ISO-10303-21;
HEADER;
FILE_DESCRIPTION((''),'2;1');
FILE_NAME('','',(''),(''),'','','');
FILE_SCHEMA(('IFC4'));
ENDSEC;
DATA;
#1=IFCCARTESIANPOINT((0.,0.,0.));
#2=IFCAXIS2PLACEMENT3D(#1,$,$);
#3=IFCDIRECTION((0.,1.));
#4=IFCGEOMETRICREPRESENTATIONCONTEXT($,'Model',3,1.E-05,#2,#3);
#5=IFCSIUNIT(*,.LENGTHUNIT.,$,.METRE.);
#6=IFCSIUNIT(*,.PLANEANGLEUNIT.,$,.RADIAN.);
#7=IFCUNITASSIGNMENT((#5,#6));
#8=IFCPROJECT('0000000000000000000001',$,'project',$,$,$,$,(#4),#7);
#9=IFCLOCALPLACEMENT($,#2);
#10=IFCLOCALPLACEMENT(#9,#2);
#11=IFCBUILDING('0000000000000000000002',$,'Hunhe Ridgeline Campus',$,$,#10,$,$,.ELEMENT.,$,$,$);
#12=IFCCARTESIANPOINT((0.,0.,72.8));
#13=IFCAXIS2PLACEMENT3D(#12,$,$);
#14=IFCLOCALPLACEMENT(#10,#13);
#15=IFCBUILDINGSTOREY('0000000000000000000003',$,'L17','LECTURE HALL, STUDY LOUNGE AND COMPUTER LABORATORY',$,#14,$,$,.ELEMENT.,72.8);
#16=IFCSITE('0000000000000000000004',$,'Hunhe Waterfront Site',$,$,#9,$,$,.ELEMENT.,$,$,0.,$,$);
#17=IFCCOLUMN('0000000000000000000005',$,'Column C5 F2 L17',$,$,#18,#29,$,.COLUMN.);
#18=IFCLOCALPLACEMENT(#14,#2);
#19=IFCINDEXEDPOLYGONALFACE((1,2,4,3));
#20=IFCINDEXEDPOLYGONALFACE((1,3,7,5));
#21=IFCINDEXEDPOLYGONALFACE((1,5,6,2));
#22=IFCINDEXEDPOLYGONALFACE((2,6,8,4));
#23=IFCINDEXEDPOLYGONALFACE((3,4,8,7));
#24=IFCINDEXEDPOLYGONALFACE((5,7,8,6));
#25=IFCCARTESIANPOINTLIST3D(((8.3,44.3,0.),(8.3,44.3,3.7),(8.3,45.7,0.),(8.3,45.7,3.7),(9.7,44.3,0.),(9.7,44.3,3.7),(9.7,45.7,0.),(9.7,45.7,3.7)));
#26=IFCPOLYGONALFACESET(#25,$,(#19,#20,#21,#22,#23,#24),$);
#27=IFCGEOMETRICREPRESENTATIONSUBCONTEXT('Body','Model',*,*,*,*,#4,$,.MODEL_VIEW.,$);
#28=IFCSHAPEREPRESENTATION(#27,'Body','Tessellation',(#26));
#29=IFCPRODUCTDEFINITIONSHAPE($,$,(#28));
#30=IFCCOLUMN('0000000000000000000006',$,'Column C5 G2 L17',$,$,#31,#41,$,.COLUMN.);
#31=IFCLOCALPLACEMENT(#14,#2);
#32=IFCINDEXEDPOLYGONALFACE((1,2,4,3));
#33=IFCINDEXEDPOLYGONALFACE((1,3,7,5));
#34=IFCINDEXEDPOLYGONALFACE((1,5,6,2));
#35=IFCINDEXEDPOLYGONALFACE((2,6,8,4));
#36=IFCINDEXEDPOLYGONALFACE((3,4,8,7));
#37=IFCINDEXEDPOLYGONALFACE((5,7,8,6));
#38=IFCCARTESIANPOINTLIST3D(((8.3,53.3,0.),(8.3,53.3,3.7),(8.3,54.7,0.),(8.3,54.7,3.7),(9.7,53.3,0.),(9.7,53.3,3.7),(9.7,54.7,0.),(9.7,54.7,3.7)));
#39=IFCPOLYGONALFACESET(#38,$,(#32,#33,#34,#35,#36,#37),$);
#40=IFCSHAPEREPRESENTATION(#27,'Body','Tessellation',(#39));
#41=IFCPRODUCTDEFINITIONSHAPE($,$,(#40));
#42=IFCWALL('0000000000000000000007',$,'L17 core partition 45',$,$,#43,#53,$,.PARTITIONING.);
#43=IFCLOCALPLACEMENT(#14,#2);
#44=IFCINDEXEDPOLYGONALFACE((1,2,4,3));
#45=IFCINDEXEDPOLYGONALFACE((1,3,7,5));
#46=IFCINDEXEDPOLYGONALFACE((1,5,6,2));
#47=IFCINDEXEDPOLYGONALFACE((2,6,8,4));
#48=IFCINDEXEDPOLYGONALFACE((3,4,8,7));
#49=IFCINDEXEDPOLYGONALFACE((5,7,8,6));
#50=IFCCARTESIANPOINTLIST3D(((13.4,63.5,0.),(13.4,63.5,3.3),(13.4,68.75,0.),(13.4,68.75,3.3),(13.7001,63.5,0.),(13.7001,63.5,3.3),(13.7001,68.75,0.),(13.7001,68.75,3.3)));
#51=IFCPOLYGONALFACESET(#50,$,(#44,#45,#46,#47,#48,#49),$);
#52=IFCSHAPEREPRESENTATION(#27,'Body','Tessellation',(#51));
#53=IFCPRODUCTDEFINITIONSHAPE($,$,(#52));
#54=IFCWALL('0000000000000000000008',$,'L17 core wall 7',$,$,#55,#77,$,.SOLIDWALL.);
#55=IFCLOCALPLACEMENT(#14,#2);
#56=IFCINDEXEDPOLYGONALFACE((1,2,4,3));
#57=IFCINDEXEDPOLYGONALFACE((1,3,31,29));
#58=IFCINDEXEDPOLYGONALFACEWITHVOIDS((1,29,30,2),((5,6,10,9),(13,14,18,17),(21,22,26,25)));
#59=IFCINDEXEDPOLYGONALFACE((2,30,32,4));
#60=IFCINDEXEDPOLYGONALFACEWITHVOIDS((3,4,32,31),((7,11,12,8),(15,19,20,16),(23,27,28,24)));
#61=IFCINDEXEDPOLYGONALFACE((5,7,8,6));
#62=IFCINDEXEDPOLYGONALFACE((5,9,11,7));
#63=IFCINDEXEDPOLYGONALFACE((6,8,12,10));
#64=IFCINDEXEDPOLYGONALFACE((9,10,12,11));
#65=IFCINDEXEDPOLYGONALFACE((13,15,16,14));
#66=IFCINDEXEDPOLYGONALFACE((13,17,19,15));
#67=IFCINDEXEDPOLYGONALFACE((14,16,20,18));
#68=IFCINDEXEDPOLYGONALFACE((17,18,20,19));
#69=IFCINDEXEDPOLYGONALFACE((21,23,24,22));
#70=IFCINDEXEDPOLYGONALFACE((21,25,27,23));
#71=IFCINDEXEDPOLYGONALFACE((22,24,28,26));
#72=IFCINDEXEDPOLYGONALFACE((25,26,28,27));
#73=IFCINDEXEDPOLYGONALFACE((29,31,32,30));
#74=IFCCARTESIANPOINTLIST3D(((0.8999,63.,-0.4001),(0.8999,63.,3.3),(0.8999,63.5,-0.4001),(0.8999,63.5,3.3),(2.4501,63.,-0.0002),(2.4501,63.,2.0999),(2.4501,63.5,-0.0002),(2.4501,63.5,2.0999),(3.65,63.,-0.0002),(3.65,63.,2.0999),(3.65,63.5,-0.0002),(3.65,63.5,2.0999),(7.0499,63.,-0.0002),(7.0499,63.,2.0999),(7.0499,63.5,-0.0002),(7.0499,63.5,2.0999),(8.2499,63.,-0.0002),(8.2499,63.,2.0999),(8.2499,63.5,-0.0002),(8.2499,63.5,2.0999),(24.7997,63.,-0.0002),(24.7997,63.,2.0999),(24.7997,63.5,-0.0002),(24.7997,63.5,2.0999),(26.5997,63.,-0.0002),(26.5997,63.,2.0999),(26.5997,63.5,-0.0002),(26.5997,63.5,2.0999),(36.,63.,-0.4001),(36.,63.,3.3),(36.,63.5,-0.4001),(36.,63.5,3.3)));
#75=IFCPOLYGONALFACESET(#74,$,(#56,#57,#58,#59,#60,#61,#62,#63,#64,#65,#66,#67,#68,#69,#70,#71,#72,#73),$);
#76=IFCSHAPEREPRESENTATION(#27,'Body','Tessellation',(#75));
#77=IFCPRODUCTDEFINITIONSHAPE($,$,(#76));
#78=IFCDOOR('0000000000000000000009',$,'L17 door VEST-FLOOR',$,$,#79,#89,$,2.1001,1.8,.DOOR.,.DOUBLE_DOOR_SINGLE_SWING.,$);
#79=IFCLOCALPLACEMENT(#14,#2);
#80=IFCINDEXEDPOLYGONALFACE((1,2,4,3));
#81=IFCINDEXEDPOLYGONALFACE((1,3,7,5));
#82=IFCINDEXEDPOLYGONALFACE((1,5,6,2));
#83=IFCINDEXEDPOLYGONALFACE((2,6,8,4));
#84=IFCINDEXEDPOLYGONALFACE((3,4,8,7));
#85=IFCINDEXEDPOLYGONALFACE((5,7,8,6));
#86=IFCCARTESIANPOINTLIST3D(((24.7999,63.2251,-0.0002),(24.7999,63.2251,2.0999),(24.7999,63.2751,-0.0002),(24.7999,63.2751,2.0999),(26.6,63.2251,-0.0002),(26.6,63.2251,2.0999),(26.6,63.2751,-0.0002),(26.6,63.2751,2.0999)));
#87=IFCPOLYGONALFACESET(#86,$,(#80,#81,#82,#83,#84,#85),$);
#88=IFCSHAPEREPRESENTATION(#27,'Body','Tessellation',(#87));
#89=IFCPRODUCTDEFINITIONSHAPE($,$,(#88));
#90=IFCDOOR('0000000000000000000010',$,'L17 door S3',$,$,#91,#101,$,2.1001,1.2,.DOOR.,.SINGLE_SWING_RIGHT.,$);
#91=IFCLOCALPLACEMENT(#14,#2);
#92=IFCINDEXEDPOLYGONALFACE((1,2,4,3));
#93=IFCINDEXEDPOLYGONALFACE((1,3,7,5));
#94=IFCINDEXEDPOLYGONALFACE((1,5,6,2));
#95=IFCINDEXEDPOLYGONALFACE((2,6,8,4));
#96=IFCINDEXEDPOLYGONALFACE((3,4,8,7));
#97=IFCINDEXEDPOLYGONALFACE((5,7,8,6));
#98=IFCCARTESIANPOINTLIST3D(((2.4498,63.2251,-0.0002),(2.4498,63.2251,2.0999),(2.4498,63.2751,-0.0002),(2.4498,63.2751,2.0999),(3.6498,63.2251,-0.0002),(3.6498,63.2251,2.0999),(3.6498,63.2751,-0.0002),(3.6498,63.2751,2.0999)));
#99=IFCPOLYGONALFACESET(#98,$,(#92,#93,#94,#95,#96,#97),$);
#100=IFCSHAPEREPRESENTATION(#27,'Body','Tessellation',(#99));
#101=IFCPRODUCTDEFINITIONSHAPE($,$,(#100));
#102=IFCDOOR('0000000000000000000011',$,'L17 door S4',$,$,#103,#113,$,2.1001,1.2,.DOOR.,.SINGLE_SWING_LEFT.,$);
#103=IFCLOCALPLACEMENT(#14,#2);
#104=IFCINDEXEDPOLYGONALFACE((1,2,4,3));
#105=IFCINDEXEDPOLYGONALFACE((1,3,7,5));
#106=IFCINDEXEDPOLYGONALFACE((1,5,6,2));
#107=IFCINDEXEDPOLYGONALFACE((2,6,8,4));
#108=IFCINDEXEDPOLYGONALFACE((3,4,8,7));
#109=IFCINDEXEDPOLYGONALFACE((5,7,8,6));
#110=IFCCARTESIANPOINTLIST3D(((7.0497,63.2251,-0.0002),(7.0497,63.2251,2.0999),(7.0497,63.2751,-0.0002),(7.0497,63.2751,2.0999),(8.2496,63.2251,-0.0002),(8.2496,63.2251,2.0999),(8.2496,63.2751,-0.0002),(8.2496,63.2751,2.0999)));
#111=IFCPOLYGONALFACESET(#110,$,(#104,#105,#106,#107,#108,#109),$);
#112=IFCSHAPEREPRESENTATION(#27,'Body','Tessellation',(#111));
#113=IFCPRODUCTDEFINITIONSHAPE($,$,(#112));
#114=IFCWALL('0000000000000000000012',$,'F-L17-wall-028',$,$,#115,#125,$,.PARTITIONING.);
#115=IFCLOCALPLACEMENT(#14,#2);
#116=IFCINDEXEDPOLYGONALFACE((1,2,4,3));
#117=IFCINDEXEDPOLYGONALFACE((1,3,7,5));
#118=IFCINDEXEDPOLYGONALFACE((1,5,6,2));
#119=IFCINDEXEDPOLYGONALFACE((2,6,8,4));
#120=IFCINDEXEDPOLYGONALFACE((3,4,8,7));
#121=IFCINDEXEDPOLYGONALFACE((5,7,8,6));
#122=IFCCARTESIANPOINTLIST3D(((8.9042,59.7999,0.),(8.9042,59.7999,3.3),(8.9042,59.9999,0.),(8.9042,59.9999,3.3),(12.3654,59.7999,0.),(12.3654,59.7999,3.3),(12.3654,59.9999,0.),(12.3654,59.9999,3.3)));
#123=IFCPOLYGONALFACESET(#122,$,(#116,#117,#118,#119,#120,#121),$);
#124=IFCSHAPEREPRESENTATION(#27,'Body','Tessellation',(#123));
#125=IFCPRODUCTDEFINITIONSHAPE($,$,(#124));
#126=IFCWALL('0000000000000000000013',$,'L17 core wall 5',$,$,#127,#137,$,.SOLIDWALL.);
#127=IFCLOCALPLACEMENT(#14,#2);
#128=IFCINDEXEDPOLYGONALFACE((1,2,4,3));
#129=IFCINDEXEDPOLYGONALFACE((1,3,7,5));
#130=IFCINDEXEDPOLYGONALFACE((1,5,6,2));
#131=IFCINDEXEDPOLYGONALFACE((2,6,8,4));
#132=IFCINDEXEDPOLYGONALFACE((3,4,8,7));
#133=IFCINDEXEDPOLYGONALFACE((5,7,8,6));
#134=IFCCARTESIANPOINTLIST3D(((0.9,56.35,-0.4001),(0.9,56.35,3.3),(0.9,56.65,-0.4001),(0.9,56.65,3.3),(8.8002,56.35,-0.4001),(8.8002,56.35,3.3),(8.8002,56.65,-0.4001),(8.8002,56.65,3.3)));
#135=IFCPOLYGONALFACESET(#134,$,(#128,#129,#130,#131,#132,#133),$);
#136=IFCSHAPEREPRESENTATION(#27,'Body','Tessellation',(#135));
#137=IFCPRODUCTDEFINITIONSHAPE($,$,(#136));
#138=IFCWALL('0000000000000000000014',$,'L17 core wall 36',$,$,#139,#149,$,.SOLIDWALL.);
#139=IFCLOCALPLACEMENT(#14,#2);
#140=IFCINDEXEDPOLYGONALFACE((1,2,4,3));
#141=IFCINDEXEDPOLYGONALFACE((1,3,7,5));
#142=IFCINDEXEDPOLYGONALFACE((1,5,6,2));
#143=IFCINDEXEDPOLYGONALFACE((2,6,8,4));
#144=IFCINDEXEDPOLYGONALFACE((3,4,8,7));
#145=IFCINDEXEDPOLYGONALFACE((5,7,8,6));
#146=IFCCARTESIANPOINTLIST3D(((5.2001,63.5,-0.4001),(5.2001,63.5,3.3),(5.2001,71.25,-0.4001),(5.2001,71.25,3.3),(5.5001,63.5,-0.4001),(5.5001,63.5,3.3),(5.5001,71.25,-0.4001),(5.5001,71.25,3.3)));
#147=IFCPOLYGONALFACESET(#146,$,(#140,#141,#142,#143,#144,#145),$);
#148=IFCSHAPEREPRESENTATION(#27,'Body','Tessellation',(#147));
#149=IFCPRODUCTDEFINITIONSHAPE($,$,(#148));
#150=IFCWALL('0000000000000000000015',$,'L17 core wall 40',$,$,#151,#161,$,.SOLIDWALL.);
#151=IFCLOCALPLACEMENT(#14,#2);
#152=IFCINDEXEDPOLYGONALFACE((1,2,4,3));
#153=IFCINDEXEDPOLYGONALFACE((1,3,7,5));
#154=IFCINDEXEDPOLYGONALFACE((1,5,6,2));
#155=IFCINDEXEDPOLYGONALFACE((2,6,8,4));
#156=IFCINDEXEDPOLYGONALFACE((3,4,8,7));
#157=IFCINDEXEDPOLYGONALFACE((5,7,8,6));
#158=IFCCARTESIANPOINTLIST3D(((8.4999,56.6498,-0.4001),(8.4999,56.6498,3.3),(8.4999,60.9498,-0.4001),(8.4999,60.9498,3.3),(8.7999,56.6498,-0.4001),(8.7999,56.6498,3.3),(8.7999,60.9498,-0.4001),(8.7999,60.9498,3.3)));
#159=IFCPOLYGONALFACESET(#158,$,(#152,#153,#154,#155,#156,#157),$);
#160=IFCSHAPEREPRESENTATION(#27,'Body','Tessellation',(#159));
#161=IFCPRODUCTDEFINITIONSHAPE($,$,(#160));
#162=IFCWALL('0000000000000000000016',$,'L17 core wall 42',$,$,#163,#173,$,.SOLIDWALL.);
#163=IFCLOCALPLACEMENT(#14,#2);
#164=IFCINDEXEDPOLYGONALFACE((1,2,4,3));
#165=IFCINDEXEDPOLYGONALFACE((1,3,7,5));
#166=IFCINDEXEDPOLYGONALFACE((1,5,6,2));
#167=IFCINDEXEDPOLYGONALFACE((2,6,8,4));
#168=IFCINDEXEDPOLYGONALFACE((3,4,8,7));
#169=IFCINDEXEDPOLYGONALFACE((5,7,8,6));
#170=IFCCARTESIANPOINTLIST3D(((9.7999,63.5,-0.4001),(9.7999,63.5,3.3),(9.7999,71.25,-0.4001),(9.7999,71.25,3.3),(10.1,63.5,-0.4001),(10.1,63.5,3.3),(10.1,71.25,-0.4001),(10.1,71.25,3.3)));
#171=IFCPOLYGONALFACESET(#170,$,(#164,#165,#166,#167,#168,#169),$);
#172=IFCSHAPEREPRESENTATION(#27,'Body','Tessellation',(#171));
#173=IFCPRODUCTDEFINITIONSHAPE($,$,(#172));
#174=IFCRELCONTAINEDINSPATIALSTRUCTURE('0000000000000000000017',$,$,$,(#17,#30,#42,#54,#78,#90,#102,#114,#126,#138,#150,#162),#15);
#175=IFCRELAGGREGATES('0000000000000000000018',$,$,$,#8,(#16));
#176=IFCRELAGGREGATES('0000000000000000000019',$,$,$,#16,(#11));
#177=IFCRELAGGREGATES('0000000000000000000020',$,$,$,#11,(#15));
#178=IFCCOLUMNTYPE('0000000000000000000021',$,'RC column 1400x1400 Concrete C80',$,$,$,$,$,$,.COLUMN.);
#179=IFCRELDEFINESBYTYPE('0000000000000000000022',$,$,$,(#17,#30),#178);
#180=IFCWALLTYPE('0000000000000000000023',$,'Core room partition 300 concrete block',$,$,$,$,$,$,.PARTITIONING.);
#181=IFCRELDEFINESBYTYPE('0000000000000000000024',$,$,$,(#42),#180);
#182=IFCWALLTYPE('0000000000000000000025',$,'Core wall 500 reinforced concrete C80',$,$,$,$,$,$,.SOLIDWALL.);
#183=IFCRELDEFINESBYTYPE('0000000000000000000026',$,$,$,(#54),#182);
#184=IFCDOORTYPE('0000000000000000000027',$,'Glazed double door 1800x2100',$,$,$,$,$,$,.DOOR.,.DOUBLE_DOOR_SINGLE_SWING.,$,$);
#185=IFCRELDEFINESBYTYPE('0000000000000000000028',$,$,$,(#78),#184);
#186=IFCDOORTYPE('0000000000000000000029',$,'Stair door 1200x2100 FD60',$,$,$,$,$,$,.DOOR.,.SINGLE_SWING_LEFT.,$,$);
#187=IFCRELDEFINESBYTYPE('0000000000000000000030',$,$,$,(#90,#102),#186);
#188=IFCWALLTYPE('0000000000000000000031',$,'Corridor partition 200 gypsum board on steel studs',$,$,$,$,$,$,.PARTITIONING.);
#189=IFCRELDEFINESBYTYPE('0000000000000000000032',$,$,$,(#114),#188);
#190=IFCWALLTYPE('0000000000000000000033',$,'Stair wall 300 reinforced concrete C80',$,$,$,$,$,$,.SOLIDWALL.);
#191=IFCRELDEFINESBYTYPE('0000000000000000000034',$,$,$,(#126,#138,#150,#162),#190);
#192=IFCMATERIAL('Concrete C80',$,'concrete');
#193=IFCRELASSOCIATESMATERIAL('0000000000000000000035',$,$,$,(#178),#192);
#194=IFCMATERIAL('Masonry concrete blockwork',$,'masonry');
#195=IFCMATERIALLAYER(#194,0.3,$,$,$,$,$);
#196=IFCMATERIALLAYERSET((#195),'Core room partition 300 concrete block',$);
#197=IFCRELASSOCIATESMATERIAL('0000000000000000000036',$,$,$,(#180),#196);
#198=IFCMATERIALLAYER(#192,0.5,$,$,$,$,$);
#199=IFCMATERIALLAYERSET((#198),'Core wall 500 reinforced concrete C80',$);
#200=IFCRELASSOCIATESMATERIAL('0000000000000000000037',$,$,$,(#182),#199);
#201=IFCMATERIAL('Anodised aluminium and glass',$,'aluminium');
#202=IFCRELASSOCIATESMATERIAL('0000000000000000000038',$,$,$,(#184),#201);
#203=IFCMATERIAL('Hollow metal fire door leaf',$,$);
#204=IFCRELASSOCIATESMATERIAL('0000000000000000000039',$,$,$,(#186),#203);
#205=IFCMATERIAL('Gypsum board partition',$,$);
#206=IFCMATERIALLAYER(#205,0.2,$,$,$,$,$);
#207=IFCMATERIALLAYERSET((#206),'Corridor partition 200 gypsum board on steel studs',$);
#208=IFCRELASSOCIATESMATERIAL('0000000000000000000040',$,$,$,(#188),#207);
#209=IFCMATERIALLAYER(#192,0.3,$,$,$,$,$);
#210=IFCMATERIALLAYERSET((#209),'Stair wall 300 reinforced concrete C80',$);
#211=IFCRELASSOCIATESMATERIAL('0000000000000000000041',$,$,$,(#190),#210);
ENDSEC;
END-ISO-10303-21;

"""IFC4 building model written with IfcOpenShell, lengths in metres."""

from ifc_helpers import new_model, si_unit, direction, frame, frame_2d, origin, origin_2d, place, context, subcontext, project, spatial, rectangle, extrude, material, layer, layer_set, material_profile, profile_set, type_object, element, fill, save


model = new_model("IFC4")

# Units and contexts
model_context = context("Model", 3, precision=1e-05, world=origin(), true_north=direction((0.0, 1.0)))
body_context = subcontext(model_context, "Body", "Model", "MODEL_VIEW")
ifc_project = project(units=[si_unit("LENGTHUNIT", "METRE"), si_unit("PLANEANGLEUNIT", "RADIAN")], contexts=[model_context])

# Site, building, storey
site_placement = place(None, origin())
site = spatial("IfcSite", under=ifc_project, at=site_placement, Name="Hunhe Waterfront Site", CompositionType="ELEMENT", RefElevation=0.0)
building_placement = place(site_placement, origin())
building = spatial("IfcBuilding", under=site, at=building_placement, Name="Hunhe Ridgeline Campus", CompositionType="ELEMENT")
storey_placement = place(building_placement, frame((0.0, 0.0, 72.8)))
storey = spatial("IfcBuildingStorey", under=building, at=storey_placement, Name="L17", Description="LECTURE HALL, STUDY LOUNGE AND COMPUTER LABORATORY", CompositionType="ELEMENT", Elevation=72.8)

# Columns
ifc_material_1 = material(Name="Concrete C80", Category="concrete")
ifc_material_profile = material_profile(ifc_material_1, rectangle(XDim=1.3999, YDim=1.3999, at=origin_2d()))
ifc_profile_set = profile_set([ifc_material_profile], Name="Concrete C80")
column_type = type_object("IfcColumnType", Name="RC column 1400x1400 Concrete C80", PredefinedType="COLUMN", material=ifc_profile_set)
for number, where, z_axis, x_axis, name in (
    (1, (9.0, 45.0, 0.0), (0.0, 0.0, 1.0), (1.0, 0.0, 0.0), "Column C5 F2 L17"),
    (2, (9.0, 54.0, 0.0), (0.0, 0.0, 1.0), (1.0, 0.0, 0.0), "Column C5 G2 L17"),
):
    element("IfcColumn", number, at=place(storey_placement, frame(where, z_axis=z_axis, x_axis=x_axis)), inside=storey, type_object=column_type, Name=name, PredefinedType="COLUMN", context=body_context, shape_type="SweptSolid", body=[
        extrude(rectangle(XDim=1.3999, YDim=1.3999, at=origin_2d()), origin(), (0.0, 0.0, 1.0), 3.7),
    ])

# Wall
ifc_material_2 = material(Name="Masonry concrete blockwork", Category="masonry")
ifc_layer_1 = layer(ifc_material_2, 0.3)
ifc_layer_set_1 = layer_set([ifc_layer_1], Name="Core room partition 300 concrete block")
wall_type_1 = type_object("IfcWallType", Name="Core room partition 300 concrete block", PredefinedType="PARTITIONING", material=ifc_layer_set_1)
wall_1_placement = place(storey_placement, frame((13.55, 63.5, 0.0), z_axis=(0.0, 0.0, 1.0), x_axis=(0.0, 1.0, 0.0)))
element("IfcWall", 3, at=wall_1_placement, inside=storey, type_object=wall_type_1, Name="L17 core partition 45", PredefinedType="PARTITIONING", context=body_context, shape_type="SweptSolid", body=[
    extrude(rectangle(XDim=5.25, YDim=0.3, at=frame_2d((2.625, 0.0))), origin(), (0.0, 0.0, 1.0), 3.3),
])

# Wall, openings, doors
ifc_layer_2 = layer(ifc_material_1, 0.5)
ifc_layer_set_2 = layer_set([ifc_layer_2], Name="Core wall 500 reinforced concrete C80")
wall_type_2 = type_object("IfcWallType", Name="Core wall 500 reinforced concrete C80", PredefinedType="SOLIDWALL", material=ifc_layer_set_2)
wall_2_placement = place(storey_placement, frame((0.8999, 63.25, -0.4001), z_axis=(0.0, 0.0, 1.0), x_axis=(1.0, 0.0, 0.0)))
wall_2 = element("IfcWall", 4, at=wall_2_placement, inside=storey, type_object=wall_type_2, Name="L17 core wall 7", PredefinedType="SOLIDWALL", context=body_context, shape_type="SweptSolid", body=[
    extrude(rectangle(XDim=35.1001, YDim=0.5, at=frame_2d((17.55, 0.0))), origin(), (0.0, 0.0, 1.0), 3.7002),
])
opening_1_placement = place(wall_2_placement, frame((23.8999, 0.0, 0.3999)))
opening_1 = element("IfcOpeningElement", 5, at=opening_1_placement, cuts=wall_2, PredefinedType="OPENING", context=body_context, shape_type="SweptSolid", body=[
    extrude(rectangle(XDim=1.8, YDim=2.1001, at=frame_2d((0.8999, 1.05))), frame((0.0, 0.25, 0.0), z_axis=(0.0, -1.0, 0.0), x_axis=(1.0, 0.0, 0.0)), (0.0, 0.0, 1.0), 0.5),
])
opening_2_placement = place(wall_2_placement, frame((1.55, 0.0, 0.3999)))
opening_2 = element("IfcOpeningElement", 6, at=opening_2_placement, cuts=wall_2, PredefinedType="OPENING", context=body_context, shape_type="SweptSolid", body=[
    extrude(rectangle(XDim=1.2, YDim=2.1001, at=frame_2d((0.6001, 1.05))), frame((0.0, 0.25, 0.0), z_axis=(0.0, -1.0, 0.0), x_axis=(1.0, 0.0, 0.0)), (0.0, 0.0, 1.0), 0.5),
])
opening_3_placement = place(wall_2_placement, frame((6.1499, 0.0, 0.3999)))
opening_3 = element("IfcOpeningElement", 7, at=opening_3_placement, cuts=wall_2, PredefinedType="OPENING", context=body_context, shape_type="SweptSolid", body=[
    extrude(rectangle(XDim=1.2, YDim=2.1001, at=frame_2d((0.6001, 1.05))), frame((0.0, 0.25, 0.0), z_axis=(0.0, -1.0, 0.0), x_axis=(1.0, 0.0, 0.0)), (0.0, 0.0, 1.0), 0.5),
])
ifc_material_3 = material(Name="Anodised aluminium and glass", Category="aluminium")
door_type_1 = type_object("IfcDoorType", Name="Glazed double door 1800x2100", OperationType="DOUBLE_DOOR_SINGLE_SWING", PredefinedType="DOOR", material=ifc_material_3)
door_1_placement = place(opening_1_placement, frame((1.8, 0.0, 0.0), z_axis=(0.0, 0.0, 1.0), x_axis=(-1.0, 0.0, 0.0)))
door_1 = element("IfcDoor", 8, at=door_1_placement, inside=storey, type_object=door_type_1, Name="L17 door VEST-FLOOR", OperationType="DOUBLE_DOOR_SINGLE_SWING", OverallHeight=2.1001, OverallWidth=1.8, PredefinedType="DOOR", context=body_context, shape_type="SweptSolid", body=[
    extrude(rectangle(XDim=1.8, YDim=2.1001, at=frame_2d((0.8999, 1.05))), frame((0.0, 0.0249, 0.0), z_axis=(0.0, -1.0, 0.0), x_axis=(1.0, 0.0, 0.0)), (0.0, 0.0, 1.0), 0.05),
])
fill(opening_1, door_1)
ifc_material_4 = material(Name="Hollow metal fire door leaf")
door_type_2 = type_object("IfcDoorType", Name="Stair door 1200x2100 FD60", OperationType="SINGLE_SWING_LEFT", PredefinedType="DOOR", material=ifc_material_4)
door_2_placement = place(opening_2_placement, frame((1.2, 0.0, 0.0), z_axis=(0.0, 0.0, 1.0), x_axis=(-1.0, 0.0, 0.0)))
door_2 = element("IfcDoor", 9, at=door_2_placement, inside=storey, type_object=door_type_2, Name="L17 door S3", OperationType="SINGLE_SWING_RIGHT", OverallHeight=2.1001, OverallWidth=1.2, PredefinedType="DOOR", context=body_context, shape_type="SweptSolid", body=[
    extrude(rectangle(XDim=1.2, YDim=2.1001, at=frame_2d((0.6001, 1.05))), frame((0.0, 0.0249, 0.0), z_axis=(0.0, -1.0, 0.0), x_axis=(1.0, 0.0, 0.0)), (0.0, 0.0, 1.0), 0.05),
])
fill(opening_2, door_2)
door_3_placement = place(opening_3_placement, frame((1.2, 0.0, 0.0), z_axis=(0.0, 0.0, 1.0), x_axis=(-1.0, 0.0, 0.0)))
door_3 = element("IfcDoor", 10, at=door_3_placement, inside=storey, type_object=door_type_2, Name="L17 door S4", OperationType="SINGLE_SWING_LEFT", OverallHeight=2.1001, OverallWidth=1.2, PredefinedType="DOOR", context=body_context, shape_type="SweptSolid", body=[
    extrude(rectangle(XDim=1.2, YDim=2.1001, at=frame_2d((0.6001, 1.05))), frame((0.0, 0.0249, 0.0), z_axis=(0.0, -1.0, 0.0), x_axis=(1.0, 0.0, 0.0)), (0.0, 0.0, 1.0), 0.05),
])
fill(opening_3, door_3)

# Wall
ifc_material_5 = material(Name="Gypsum board partition")
ifc_layer_3 = layer(ifc_material_5, 0.2)
ifc_layer_set_3 = layer_set([ifc_layer_3], Name="Corridor partition 200 gypsum board on steel studs")
wall_type_3 = type_object("IfcWallType", Name="Corridor partition 200 gypsum board on steel studs", PredefinedType="PARTITIONING", material=ifc_layer_set_3)
wall_3_placement = place(storey_placement, frame((12.3652, 59.8999, 0.0), z_axis=(0.0, 0.0, 1.0), x_axis=(-1.0, 0.0, 0.0)))
element("IfcWall", 11, at=wall_3_placement, inside=storey, type_object=wall_type_3, Name="F-L17-wall-028", PredefinedType="PARTITIONING", context=body_context, shape_type="SweptSolid", body=[
    extrude(rectangle(XDim=3.4612, YDim=0.2, at=frame_2d((1.7305, 0.0))), origin(), (0.0, 0.0, 1.0), 3.3),
])

# Wall
ifc_layer_4 = layer(ifc_material_1, 0.3)
ifc_layer_set_4 = layer_set([ifc_layer_4], Name="Stair wall 300 reinforced concrete C80")
wall_type_4 = type_object("IfcWallType", Name="Stair wall 300 reinforced concrete C80", PredefinedType="SOLIDWALL", material=ifc_layer_set_4)
wall_4_placement = place(storey_placement, frame((0.8999, 56.5, -0.4001), z_axis=(0.0, 0.0, 1.0), x_axis=(1.0, 0.0, 0.0)))
element("IfcWall", 12, at=wall_4_placement, inside=storey, type_object=wall_type_4, Name="L17 core wall 5", PredefinedType="SOLIDWALL", context=body_context, shape_type="SweptSolid", body=[
    extrude(rectangle(XDim=7.9001, YDim=0.3, at=frame_2d((3.9502, 0.0))), origin(), (0.0, 0.0, 1.0), 3.7002),
])

# Walls
wall_5_placement = place(storey_placement, frame((5.3501, 63.5, -0.4001), z_axis=(0.0, 0.0, 1.0), x_axis=(0.0, 1.0, 0.0)))
element("IfcWall", 13, at=wall_5_placement, inside=storey, type_object=wall_type_4, Name="L17 core wall 36", PredefinedType="SOLIDWALL", context=body_context, shape_type="SweptSolid", body=[
    extrude(rectangle(XDim=7.75, YDim=0.3, at=frame_2d((3.875, 0.0))), origin(), (0.0, 0.0, 1.0), 3.7002),
])
wall_6_placement = place(storey_placement, frame((8.6499, 56.6499, -0.4001), z_axis=(0.0, 0.0, 1.0), x_axis=(0.0, 1.0, 0.0)))
element("IfcWall", 14, at=wall_6_placement, inside=storey, type_object=wall_type_4, Name="L17 core wall 40", PredefinedType="SOLIDWALL", context=body_context, shape_type="SweptSolid", body=[
    extrude(rectangle(XDim=4.3, YDim=0.3, at=frame_2d((2.1499, 0.0))), origin(), (0.0, 0.0, 1.0), 3.7002),
])
wall_7_placement = place(storey_placement, frame((9.95, 63.5, -0.4001), z_axis=(0.0, 0.0, 1.0), x_axis=(0.0, 1.0, 0.0)))
element("IfcWall", 15, at=wall_7_placement, inside=storey, type_object=wall_type_4, Name="L17 core wall 42", PredefinedType="SOLIDWALL", context=body_context, shape_type="SweptSolid", body=[
    extrude(rectangle(XDim=7.75, YDim=0.3, at=frame_2d((3.875, 0.0))), origin(), (0.0, 0.0, 1.0), 3.7002),
])

save(model, "model.ifc")
